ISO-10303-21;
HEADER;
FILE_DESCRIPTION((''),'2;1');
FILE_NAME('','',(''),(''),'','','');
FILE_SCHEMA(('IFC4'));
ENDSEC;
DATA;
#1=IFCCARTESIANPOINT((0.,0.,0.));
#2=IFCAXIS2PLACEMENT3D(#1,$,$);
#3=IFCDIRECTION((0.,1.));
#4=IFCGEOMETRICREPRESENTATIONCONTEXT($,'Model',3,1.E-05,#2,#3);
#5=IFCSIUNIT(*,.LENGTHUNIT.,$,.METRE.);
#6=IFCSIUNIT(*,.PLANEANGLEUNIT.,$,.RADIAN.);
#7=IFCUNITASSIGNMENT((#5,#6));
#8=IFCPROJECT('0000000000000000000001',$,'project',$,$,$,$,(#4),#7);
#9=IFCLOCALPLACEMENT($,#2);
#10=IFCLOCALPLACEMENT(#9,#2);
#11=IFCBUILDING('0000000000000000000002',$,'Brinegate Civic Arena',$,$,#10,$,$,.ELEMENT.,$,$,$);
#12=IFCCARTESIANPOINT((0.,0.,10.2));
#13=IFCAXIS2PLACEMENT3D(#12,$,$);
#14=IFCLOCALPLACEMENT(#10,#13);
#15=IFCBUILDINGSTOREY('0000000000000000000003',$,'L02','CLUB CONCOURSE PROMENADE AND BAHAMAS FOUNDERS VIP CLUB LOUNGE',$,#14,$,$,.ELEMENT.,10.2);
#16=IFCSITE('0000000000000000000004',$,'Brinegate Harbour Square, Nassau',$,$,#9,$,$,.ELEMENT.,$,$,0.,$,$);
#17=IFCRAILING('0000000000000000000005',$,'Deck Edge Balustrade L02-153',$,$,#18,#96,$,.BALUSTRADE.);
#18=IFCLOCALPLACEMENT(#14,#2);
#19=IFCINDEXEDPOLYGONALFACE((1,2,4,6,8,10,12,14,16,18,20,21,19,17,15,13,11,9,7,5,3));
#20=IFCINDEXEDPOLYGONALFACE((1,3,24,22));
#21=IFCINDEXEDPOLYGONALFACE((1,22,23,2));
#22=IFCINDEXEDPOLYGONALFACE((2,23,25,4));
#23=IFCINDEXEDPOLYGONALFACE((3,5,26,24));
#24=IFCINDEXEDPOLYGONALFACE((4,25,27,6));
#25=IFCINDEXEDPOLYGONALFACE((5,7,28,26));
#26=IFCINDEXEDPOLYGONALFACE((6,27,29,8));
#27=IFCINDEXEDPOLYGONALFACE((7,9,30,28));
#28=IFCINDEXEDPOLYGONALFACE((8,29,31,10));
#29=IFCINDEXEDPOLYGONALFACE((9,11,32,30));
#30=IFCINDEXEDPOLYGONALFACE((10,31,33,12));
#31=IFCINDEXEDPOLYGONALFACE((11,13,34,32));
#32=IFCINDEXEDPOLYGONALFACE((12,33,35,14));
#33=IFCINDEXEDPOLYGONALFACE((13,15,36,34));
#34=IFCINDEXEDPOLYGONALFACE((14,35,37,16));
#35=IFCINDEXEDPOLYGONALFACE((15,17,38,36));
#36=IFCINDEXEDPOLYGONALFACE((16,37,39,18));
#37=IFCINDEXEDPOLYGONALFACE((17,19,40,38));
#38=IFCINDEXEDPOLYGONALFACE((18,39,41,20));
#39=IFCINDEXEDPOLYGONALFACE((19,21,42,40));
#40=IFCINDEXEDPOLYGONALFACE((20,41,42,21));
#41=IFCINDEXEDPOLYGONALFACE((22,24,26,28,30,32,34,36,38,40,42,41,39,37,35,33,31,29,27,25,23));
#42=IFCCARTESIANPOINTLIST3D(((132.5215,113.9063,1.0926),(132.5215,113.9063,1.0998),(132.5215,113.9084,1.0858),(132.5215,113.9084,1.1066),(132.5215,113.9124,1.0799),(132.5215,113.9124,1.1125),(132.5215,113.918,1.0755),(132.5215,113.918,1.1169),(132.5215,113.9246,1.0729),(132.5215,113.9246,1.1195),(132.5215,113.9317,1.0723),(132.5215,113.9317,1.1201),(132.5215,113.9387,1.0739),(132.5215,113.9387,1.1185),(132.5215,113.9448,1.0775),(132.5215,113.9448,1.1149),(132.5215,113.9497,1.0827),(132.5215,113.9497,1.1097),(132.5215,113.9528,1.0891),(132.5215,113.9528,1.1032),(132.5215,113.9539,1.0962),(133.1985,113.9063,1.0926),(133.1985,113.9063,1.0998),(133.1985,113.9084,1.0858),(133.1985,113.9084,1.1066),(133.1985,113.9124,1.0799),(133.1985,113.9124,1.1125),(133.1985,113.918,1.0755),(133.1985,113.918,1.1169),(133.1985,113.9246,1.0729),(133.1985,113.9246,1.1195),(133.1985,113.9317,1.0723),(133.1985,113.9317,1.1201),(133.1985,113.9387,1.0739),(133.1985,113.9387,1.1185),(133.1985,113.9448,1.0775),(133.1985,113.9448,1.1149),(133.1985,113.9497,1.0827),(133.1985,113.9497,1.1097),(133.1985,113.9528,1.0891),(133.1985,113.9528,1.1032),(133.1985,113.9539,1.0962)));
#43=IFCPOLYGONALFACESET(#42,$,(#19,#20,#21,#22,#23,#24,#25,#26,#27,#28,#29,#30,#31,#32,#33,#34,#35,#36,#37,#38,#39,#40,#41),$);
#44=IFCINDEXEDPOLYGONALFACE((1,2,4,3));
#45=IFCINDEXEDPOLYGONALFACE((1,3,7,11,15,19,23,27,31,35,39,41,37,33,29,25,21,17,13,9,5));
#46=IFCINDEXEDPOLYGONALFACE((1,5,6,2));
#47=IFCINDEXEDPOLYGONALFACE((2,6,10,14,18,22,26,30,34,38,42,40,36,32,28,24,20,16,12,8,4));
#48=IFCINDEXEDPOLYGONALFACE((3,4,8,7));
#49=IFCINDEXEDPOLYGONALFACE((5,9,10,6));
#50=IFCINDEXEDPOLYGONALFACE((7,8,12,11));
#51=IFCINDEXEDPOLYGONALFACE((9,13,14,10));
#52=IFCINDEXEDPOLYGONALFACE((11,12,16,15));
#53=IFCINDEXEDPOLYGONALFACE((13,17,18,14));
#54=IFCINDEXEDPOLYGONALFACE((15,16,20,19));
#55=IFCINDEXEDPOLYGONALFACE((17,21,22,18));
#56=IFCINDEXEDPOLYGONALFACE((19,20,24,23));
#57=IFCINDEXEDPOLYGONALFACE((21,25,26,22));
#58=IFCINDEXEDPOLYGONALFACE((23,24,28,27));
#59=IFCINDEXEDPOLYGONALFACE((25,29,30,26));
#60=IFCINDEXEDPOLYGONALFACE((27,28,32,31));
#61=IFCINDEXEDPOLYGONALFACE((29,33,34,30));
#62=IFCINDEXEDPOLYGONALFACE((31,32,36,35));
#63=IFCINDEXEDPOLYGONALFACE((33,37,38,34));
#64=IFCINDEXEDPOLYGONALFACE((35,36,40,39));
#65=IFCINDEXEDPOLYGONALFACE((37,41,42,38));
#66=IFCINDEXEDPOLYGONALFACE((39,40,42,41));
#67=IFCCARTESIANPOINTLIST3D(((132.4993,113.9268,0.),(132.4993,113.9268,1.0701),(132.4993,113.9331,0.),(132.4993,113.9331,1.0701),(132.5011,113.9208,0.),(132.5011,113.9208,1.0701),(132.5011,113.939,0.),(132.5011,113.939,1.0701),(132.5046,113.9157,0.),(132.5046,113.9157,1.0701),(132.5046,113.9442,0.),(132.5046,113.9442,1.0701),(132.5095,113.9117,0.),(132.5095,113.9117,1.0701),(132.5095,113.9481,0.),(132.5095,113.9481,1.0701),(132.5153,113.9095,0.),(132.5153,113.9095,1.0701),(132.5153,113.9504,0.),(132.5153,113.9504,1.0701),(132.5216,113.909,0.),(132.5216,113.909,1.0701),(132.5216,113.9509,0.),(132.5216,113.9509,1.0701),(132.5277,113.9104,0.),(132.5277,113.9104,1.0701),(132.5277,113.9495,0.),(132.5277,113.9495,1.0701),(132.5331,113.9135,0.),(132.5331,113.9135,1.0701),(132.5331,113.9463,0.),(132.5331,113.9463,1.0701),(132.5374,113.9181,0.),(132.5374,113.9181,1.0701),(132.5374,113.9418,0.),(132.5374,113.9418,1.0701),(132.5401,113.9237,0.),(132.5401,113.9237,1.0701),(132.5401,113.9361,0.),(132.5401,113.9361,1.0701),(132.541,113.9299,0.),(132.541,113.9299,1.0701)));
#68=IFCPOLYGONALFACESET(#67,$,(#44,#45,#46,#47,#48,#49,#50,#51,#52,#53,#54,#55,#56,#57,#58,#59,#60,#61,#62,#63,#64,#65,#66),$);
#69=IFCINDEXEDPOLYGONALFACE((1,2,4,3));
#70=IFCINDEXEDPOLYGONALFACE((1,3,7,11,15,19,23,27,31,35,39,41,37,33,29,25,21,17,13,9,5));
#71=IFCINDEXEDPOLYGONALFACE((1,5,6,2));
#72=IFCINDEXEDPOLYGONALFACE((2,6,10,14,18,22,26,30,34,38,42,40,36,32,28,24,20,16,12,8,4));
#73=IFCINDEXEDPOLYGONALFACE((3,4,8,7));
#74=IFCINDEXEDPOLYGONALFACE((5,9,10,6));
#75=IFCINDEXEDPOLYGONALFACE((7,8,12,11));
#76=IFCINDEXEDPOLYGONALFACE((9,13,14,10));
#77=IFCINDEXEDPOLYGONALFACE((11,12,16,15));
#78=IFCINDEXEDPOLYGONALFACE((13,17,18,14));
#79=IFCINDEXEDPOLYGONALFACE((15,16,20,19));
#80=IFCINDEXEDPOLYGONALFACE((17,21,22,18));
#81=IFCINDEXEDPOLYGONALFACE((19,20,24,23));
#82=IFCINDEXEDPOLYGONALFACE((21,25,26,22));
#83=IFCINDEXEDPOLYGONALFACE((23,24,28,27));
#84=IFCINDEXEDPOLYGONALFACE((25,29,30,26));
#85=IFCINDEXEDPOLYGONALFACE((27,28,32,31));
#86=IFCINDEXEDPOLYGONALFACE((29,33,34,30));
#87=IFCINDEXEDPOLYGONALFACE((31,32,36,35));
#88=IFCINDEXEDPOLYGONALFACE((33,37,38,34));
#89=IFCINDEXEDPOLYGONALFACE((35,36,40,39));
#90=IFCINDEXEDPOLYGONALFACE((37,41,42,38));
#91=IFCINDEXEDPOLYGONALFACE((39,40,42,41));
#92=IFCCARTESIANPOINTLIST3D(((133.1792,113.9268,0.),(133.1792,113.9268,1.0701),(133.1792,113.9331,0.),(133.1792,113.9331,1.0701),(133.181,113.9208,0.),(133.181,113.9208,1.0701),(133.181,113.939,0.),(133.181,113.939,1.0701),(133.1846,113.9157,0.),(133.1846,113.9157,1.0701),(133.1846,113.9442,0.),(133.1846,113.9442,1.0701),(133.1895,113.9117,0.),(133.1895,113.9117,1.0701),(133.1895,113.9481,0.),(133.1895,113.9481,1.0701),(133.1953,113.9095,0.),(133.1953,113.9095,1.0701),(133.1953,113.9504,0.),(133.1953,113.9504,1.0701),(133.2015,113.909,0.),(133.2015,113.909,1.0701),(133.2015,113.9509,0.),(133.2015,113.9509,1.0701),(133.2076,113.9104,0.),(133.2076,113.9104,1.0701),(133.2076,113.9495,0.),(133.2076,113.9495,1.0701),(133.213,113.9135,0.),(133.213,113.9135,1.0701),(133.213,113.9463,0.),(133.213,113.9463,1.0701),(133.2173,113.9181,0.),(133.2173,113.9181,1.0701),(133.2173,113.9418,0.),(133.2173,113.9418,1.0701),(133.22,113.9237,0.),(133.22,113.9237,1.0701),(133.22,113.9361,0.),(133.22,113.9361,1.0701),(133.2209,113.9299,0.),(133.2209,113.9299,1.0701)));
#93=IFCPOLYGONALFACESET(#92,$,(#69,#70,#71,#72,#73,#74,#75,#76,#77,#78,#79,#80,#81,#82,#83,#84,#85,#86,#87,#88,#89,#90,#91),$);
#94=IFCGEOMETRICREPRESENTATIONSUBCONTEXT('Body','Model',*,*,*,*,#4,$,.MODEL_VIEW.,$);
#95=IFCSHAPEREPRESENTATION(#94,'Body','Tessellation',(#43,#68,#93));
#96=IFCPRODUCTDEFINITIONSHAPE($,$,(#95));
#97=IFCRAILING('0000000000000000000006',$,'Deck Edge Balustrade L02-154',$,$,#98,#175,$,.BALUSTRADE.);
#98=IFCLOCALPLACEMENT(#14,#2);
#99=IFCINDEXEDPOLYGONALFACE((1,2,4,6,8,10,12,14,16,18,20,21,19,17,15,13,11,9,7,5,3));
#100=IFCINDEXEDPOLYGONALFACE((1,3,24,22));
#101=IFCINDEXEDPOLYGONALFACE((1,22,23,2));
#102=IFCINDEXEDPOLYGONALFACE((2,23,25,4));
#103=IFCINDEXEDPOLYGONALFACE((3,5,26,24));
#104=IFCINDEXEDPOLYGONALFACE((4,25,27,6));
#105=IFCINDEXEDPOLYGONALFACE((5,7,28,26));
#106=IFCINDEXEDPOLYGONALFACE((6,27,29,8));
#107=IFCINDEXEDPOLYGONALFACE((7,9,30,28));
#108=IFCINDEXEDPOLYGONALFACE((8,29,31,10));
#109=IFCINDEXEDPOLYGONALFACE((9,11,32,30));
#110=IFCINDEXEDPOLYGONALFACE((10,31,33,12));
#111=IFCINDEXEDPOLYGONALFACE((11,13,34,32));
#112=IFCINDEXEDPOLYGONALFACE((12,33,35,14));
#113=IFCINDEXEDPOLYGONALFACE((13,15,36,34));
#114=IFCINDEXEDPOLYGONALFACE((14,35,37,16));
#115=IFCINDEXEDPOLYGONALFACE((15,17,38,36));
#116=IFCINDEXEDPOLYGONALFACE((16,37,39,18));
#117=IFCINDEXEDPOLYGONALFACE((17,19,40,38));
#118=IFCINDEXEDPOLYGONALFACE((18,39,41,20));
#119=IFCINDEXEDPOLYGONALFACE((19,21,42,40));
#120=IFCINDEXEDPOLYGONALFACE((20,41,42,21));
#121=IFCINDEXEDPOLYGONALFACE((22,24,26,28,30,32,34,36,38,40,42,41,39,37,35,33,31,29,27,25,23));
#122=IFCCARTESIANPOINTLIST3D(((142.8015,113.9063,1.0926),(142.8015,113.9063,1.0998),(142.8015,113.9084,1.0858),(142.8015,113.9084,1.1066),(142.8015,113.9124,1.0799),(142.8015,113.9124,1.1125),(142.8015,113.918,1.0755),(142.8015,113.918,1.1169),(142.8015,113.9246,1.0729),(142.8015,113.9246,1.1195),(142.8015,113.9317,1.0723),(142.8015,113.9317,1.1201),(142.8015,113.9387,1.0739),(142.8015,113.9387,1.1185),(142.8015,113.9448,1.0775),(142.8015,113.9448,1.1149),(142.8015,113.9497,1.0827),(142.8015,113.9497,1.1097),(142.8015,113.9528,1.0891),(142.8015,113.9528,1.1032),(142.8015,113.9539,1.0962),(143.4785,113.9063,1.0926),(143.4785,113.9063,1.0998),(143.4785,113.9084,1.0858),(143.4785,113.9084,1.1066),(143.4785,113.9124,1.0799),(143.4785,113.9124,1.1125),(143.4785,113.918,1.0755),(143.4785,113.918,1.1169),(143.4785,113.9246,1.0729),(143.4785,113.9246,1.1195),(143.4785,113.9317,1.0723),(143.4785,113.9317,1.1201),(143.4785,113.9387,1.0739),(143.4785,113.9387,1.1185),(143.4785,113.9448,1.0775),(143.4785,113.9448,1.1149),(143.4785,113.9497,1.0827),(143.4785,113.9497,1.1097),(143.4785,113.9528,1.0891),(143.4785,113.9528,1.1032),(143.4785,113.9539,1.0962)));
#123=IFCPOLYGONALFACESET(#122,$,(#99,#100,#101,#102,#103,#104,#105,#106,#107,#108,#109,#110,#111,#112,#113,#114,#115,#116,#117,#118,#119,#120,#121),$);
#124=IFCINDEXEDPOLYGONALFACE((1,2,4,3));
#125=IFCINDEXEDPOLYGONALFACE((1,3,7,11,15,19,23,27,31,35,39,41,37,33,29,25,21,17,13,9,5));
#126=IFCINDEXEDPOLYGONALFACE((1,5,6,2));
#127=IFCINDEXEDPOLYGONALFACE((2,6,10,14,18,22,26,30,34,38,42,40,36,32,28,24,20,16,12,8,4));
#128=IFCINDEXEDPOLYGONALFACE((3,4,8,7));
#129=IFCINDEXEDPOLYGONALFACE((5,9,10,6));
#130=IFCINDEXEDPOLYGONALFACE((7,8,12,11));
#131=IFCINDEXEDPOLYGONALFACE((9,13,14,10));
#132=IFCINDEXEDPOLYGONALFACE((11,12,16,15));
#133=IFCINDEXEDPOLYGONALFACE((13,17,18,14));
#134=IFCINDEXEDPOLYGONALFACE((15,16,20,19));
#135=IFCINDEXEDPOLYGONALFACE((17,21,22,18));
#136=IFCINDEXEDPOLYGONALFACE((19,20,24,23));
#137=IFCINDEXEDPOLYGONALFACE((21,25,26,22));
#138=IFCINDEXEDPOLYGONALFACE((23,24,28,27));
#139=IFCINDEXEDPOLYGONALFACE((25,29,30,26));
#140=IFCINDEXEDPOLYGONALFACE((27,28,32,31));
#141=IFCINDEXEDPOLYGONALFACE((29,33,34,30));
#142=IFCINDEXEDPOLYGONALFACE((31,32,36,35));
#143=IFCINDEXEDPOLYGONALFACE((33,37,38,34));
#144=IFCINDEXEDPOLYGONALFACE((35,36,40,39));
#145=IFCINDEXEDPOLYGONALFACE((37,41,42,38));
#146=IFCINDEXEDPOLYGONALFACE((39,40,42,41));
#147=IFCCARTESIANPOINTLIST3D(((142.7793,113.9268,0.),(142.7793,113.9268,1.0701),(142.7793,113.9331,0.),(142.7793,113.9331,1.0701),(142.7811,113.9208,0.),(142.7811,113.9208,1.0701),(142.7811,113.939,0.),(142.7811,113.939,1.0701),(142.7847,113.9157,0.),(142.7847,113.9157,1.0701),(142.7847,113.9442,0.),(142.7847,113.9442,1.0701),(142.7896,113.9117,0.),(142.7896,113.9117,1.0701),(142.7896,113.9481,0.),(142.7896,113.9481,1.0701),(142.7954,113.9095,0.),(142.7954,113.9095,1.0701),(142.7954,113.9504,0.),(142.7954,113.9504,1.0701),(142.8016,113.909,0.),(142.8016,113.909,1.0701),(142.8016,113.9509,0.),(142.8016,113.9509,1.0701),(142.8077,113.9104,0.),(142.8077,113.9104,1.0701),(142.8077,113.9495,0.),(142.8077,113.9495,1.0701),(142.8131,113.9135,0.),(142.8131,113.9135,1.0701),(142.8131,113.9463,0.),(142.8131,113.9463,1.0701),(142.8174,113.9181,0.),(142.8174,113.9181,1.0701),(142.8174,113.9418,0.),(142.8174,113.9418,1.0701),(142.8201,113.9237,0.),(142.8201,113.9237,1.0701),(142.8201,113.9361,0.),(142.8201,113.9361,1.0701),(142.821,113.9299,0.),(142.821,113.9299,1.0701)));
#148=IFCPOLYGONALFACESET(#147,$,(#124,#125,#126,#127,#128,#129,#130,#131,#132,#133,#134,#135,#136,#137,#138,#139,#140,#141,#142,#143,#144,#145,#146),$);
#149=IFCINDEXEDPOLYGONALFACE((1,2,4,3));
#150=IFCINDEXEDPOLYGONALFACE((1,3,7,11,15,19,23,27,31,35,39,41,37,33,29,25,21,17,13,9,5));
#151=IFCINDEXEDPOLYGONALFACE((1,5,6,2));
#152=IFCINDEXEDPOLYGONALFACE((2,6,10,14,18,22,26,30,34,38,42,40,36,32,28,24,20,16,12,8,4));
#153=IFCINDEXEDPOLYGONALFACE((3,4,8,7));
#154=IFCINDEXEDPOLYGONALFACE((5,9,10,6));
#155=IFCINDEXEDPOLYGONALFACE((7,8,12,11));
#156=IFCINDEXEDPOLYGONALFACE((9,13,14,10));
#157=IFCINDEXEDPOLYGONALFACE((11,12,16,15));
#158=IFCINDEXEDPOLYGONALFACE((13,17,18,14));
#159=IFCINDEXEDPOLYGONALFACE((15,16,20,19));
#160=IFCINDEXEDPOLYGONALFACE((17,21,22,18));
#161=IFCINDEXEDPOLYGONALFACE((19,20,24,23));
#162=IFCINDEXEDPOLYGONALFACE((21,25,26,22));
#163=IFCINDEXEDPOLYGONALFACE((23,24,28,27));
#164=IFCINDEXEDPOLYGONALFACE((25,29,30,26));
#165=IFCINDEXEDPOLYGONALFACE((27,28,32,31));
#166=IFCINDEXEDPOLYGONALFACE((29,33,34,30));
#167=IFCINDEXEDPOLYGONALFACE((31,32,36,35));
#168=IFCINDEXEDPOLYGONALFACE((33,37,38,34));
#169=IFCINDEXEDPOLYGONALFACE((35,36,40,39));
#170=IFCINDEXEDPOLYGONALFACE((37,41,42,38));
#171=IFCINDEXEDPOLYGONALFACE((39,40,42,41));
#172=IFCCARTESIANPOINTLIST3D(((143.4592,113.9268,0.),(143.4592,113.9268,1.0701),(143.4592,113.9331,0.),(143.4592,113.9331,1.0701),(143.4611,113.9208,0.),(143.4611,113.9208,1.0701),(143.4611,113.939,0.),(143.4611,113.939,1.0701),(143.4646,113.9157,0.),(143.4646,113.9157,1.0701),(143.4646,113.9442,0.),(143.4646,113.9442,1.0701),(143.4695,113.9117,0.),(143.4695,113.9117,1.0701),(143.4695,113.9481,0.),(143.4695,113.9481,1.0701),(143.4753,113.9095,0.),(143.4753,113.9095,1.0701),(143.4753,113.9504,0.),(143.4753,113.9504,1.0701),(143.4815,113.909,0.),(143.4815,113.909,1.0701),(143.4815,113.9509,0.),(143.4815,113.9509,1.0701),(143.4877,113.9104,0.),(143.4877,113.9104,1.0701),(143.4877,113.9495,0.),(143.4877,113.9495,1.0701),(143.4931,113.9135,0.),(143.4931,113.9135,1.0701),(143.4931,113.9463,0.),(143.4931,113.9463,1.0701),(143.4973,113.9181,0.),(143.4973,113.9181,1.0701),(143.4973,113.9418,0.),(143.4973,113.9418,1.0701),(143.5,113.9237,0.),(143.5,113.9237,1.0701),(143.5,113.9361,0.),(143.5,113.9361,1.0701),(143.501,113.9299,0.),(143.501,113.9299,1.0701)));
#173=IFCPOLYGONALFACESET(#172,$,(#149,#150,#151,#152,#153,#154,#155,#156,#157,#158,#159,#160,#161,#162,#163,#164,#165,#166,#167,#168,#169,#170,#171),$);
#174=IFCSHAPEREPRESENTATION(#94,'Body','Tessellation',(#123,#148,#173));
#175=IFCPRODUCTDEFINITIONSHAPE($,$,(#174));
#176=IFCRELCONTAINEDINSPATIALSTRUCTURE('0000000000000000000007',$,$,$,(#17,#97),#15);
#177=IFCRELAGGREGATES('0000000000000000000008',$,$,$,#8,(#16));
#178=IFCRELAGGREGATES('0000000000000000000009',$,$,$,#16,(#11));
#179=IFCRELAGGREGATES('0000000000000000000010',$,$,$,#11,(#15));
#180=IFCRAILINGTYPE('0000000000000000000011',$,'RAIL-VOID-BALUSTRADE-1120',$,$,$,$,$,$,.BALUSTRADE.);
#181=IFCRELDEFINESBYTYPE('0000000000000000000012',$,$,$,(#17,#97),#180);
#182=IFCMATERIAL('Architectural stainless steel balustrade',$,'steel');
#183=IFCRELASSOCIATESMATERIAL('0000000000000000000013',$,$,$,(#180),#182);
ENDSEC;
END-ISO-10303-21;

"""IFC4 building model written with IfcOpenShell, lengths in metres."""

from ifc_helpers import new_model, si_unit, direction, frame, origin, origin_2d, place, context, subcontext, project, spatial, circle, extrude, material, type_object, element, save


model = new_model("IFC4")

# Units and contexts
model_context = context("Model", 3, precision=1e-05, world=origin(), true_north=direction((0.0, 1.0)))
body_context = subcontext(model_context, "Body", "Model", "MODEL_VIEW")
ifc_project = project(units=[si_unit("LENGTHUNIT", "METRE"), si_unit("PLANEANGLEUNIT", "RADIAN")], contexts=[model_context])

# Site, building, storey
site_placement = place(None, origin())
site = spatial("IfcSite", under=ifc_project, at=site_placement, Name="Brinegate Harbour Square, Nassau", CompositionType="ELEMENT", RefElevation=0.0)
building_placement = place(site_placement, origin())
building = spatial("IfcBuilding", under=site, at=building_placement, Name="Brinegate Civic Arena", CompositionType="ELEMENT")
storey_placement = place(building_placement, frame((0.0, 0.0, 10.2)))
storey = spatial("IfcBuildingStorey", under=building, at=storey_placement, Name="L02", Description="CLUB CONCOURSE PROMENADE AND BAHAMAS FOUNDERS VIP CLUB LOUNGE", CompositionType="ELEMENT", Elevation=10.2)

# Railings
ifc_material_1 = material(Name="Architectural stainless steel balustrade", Category="steel")
railing_type_1 = type_object("IfcRailingType", Name="RAIL-VOID-BALUSTRADE-1120", PredefinedType="BALUSTRADE", material=ifc_material_1)
for number, where, name in (
    (1, (132.52, 113.9299, 0.0), "Deck Edge Balustrade L02-153"),
    (2, (142.8, 113.9299, 0.0), "Deck Edge Balustrade L02-154"),
):
    element("IfcRailing", number, at=place(storey_placement, frame(where)), inside=storey, type_object=railing_type_1, Name=name, PredefinedType="BALUSTRADE", context=body_context, shape_type="SweptSolid", body=[
        extrude(circle(Radius=0.0239, at=origin_2d()), frame((0.0015, 0.0, 1.0962), z_axis=(1.0, 0.0, 0.0), x_axis=(0.0, 1.0, 0.0)), (0.0, 0.0, 1.0), 0.677),
        extrude(circle(Radius=0.021, at=origin_2d()), origin(), (0.0, 0.0, 1.0), 1.0701),
        extrude(circle(Radius=0.021, at=origin_2d()), frame((0.6799, 0.0, 0.0)), (0.0, 0.0, 1.0), 1.0701),
    ])

save(model, "model.ifc")
